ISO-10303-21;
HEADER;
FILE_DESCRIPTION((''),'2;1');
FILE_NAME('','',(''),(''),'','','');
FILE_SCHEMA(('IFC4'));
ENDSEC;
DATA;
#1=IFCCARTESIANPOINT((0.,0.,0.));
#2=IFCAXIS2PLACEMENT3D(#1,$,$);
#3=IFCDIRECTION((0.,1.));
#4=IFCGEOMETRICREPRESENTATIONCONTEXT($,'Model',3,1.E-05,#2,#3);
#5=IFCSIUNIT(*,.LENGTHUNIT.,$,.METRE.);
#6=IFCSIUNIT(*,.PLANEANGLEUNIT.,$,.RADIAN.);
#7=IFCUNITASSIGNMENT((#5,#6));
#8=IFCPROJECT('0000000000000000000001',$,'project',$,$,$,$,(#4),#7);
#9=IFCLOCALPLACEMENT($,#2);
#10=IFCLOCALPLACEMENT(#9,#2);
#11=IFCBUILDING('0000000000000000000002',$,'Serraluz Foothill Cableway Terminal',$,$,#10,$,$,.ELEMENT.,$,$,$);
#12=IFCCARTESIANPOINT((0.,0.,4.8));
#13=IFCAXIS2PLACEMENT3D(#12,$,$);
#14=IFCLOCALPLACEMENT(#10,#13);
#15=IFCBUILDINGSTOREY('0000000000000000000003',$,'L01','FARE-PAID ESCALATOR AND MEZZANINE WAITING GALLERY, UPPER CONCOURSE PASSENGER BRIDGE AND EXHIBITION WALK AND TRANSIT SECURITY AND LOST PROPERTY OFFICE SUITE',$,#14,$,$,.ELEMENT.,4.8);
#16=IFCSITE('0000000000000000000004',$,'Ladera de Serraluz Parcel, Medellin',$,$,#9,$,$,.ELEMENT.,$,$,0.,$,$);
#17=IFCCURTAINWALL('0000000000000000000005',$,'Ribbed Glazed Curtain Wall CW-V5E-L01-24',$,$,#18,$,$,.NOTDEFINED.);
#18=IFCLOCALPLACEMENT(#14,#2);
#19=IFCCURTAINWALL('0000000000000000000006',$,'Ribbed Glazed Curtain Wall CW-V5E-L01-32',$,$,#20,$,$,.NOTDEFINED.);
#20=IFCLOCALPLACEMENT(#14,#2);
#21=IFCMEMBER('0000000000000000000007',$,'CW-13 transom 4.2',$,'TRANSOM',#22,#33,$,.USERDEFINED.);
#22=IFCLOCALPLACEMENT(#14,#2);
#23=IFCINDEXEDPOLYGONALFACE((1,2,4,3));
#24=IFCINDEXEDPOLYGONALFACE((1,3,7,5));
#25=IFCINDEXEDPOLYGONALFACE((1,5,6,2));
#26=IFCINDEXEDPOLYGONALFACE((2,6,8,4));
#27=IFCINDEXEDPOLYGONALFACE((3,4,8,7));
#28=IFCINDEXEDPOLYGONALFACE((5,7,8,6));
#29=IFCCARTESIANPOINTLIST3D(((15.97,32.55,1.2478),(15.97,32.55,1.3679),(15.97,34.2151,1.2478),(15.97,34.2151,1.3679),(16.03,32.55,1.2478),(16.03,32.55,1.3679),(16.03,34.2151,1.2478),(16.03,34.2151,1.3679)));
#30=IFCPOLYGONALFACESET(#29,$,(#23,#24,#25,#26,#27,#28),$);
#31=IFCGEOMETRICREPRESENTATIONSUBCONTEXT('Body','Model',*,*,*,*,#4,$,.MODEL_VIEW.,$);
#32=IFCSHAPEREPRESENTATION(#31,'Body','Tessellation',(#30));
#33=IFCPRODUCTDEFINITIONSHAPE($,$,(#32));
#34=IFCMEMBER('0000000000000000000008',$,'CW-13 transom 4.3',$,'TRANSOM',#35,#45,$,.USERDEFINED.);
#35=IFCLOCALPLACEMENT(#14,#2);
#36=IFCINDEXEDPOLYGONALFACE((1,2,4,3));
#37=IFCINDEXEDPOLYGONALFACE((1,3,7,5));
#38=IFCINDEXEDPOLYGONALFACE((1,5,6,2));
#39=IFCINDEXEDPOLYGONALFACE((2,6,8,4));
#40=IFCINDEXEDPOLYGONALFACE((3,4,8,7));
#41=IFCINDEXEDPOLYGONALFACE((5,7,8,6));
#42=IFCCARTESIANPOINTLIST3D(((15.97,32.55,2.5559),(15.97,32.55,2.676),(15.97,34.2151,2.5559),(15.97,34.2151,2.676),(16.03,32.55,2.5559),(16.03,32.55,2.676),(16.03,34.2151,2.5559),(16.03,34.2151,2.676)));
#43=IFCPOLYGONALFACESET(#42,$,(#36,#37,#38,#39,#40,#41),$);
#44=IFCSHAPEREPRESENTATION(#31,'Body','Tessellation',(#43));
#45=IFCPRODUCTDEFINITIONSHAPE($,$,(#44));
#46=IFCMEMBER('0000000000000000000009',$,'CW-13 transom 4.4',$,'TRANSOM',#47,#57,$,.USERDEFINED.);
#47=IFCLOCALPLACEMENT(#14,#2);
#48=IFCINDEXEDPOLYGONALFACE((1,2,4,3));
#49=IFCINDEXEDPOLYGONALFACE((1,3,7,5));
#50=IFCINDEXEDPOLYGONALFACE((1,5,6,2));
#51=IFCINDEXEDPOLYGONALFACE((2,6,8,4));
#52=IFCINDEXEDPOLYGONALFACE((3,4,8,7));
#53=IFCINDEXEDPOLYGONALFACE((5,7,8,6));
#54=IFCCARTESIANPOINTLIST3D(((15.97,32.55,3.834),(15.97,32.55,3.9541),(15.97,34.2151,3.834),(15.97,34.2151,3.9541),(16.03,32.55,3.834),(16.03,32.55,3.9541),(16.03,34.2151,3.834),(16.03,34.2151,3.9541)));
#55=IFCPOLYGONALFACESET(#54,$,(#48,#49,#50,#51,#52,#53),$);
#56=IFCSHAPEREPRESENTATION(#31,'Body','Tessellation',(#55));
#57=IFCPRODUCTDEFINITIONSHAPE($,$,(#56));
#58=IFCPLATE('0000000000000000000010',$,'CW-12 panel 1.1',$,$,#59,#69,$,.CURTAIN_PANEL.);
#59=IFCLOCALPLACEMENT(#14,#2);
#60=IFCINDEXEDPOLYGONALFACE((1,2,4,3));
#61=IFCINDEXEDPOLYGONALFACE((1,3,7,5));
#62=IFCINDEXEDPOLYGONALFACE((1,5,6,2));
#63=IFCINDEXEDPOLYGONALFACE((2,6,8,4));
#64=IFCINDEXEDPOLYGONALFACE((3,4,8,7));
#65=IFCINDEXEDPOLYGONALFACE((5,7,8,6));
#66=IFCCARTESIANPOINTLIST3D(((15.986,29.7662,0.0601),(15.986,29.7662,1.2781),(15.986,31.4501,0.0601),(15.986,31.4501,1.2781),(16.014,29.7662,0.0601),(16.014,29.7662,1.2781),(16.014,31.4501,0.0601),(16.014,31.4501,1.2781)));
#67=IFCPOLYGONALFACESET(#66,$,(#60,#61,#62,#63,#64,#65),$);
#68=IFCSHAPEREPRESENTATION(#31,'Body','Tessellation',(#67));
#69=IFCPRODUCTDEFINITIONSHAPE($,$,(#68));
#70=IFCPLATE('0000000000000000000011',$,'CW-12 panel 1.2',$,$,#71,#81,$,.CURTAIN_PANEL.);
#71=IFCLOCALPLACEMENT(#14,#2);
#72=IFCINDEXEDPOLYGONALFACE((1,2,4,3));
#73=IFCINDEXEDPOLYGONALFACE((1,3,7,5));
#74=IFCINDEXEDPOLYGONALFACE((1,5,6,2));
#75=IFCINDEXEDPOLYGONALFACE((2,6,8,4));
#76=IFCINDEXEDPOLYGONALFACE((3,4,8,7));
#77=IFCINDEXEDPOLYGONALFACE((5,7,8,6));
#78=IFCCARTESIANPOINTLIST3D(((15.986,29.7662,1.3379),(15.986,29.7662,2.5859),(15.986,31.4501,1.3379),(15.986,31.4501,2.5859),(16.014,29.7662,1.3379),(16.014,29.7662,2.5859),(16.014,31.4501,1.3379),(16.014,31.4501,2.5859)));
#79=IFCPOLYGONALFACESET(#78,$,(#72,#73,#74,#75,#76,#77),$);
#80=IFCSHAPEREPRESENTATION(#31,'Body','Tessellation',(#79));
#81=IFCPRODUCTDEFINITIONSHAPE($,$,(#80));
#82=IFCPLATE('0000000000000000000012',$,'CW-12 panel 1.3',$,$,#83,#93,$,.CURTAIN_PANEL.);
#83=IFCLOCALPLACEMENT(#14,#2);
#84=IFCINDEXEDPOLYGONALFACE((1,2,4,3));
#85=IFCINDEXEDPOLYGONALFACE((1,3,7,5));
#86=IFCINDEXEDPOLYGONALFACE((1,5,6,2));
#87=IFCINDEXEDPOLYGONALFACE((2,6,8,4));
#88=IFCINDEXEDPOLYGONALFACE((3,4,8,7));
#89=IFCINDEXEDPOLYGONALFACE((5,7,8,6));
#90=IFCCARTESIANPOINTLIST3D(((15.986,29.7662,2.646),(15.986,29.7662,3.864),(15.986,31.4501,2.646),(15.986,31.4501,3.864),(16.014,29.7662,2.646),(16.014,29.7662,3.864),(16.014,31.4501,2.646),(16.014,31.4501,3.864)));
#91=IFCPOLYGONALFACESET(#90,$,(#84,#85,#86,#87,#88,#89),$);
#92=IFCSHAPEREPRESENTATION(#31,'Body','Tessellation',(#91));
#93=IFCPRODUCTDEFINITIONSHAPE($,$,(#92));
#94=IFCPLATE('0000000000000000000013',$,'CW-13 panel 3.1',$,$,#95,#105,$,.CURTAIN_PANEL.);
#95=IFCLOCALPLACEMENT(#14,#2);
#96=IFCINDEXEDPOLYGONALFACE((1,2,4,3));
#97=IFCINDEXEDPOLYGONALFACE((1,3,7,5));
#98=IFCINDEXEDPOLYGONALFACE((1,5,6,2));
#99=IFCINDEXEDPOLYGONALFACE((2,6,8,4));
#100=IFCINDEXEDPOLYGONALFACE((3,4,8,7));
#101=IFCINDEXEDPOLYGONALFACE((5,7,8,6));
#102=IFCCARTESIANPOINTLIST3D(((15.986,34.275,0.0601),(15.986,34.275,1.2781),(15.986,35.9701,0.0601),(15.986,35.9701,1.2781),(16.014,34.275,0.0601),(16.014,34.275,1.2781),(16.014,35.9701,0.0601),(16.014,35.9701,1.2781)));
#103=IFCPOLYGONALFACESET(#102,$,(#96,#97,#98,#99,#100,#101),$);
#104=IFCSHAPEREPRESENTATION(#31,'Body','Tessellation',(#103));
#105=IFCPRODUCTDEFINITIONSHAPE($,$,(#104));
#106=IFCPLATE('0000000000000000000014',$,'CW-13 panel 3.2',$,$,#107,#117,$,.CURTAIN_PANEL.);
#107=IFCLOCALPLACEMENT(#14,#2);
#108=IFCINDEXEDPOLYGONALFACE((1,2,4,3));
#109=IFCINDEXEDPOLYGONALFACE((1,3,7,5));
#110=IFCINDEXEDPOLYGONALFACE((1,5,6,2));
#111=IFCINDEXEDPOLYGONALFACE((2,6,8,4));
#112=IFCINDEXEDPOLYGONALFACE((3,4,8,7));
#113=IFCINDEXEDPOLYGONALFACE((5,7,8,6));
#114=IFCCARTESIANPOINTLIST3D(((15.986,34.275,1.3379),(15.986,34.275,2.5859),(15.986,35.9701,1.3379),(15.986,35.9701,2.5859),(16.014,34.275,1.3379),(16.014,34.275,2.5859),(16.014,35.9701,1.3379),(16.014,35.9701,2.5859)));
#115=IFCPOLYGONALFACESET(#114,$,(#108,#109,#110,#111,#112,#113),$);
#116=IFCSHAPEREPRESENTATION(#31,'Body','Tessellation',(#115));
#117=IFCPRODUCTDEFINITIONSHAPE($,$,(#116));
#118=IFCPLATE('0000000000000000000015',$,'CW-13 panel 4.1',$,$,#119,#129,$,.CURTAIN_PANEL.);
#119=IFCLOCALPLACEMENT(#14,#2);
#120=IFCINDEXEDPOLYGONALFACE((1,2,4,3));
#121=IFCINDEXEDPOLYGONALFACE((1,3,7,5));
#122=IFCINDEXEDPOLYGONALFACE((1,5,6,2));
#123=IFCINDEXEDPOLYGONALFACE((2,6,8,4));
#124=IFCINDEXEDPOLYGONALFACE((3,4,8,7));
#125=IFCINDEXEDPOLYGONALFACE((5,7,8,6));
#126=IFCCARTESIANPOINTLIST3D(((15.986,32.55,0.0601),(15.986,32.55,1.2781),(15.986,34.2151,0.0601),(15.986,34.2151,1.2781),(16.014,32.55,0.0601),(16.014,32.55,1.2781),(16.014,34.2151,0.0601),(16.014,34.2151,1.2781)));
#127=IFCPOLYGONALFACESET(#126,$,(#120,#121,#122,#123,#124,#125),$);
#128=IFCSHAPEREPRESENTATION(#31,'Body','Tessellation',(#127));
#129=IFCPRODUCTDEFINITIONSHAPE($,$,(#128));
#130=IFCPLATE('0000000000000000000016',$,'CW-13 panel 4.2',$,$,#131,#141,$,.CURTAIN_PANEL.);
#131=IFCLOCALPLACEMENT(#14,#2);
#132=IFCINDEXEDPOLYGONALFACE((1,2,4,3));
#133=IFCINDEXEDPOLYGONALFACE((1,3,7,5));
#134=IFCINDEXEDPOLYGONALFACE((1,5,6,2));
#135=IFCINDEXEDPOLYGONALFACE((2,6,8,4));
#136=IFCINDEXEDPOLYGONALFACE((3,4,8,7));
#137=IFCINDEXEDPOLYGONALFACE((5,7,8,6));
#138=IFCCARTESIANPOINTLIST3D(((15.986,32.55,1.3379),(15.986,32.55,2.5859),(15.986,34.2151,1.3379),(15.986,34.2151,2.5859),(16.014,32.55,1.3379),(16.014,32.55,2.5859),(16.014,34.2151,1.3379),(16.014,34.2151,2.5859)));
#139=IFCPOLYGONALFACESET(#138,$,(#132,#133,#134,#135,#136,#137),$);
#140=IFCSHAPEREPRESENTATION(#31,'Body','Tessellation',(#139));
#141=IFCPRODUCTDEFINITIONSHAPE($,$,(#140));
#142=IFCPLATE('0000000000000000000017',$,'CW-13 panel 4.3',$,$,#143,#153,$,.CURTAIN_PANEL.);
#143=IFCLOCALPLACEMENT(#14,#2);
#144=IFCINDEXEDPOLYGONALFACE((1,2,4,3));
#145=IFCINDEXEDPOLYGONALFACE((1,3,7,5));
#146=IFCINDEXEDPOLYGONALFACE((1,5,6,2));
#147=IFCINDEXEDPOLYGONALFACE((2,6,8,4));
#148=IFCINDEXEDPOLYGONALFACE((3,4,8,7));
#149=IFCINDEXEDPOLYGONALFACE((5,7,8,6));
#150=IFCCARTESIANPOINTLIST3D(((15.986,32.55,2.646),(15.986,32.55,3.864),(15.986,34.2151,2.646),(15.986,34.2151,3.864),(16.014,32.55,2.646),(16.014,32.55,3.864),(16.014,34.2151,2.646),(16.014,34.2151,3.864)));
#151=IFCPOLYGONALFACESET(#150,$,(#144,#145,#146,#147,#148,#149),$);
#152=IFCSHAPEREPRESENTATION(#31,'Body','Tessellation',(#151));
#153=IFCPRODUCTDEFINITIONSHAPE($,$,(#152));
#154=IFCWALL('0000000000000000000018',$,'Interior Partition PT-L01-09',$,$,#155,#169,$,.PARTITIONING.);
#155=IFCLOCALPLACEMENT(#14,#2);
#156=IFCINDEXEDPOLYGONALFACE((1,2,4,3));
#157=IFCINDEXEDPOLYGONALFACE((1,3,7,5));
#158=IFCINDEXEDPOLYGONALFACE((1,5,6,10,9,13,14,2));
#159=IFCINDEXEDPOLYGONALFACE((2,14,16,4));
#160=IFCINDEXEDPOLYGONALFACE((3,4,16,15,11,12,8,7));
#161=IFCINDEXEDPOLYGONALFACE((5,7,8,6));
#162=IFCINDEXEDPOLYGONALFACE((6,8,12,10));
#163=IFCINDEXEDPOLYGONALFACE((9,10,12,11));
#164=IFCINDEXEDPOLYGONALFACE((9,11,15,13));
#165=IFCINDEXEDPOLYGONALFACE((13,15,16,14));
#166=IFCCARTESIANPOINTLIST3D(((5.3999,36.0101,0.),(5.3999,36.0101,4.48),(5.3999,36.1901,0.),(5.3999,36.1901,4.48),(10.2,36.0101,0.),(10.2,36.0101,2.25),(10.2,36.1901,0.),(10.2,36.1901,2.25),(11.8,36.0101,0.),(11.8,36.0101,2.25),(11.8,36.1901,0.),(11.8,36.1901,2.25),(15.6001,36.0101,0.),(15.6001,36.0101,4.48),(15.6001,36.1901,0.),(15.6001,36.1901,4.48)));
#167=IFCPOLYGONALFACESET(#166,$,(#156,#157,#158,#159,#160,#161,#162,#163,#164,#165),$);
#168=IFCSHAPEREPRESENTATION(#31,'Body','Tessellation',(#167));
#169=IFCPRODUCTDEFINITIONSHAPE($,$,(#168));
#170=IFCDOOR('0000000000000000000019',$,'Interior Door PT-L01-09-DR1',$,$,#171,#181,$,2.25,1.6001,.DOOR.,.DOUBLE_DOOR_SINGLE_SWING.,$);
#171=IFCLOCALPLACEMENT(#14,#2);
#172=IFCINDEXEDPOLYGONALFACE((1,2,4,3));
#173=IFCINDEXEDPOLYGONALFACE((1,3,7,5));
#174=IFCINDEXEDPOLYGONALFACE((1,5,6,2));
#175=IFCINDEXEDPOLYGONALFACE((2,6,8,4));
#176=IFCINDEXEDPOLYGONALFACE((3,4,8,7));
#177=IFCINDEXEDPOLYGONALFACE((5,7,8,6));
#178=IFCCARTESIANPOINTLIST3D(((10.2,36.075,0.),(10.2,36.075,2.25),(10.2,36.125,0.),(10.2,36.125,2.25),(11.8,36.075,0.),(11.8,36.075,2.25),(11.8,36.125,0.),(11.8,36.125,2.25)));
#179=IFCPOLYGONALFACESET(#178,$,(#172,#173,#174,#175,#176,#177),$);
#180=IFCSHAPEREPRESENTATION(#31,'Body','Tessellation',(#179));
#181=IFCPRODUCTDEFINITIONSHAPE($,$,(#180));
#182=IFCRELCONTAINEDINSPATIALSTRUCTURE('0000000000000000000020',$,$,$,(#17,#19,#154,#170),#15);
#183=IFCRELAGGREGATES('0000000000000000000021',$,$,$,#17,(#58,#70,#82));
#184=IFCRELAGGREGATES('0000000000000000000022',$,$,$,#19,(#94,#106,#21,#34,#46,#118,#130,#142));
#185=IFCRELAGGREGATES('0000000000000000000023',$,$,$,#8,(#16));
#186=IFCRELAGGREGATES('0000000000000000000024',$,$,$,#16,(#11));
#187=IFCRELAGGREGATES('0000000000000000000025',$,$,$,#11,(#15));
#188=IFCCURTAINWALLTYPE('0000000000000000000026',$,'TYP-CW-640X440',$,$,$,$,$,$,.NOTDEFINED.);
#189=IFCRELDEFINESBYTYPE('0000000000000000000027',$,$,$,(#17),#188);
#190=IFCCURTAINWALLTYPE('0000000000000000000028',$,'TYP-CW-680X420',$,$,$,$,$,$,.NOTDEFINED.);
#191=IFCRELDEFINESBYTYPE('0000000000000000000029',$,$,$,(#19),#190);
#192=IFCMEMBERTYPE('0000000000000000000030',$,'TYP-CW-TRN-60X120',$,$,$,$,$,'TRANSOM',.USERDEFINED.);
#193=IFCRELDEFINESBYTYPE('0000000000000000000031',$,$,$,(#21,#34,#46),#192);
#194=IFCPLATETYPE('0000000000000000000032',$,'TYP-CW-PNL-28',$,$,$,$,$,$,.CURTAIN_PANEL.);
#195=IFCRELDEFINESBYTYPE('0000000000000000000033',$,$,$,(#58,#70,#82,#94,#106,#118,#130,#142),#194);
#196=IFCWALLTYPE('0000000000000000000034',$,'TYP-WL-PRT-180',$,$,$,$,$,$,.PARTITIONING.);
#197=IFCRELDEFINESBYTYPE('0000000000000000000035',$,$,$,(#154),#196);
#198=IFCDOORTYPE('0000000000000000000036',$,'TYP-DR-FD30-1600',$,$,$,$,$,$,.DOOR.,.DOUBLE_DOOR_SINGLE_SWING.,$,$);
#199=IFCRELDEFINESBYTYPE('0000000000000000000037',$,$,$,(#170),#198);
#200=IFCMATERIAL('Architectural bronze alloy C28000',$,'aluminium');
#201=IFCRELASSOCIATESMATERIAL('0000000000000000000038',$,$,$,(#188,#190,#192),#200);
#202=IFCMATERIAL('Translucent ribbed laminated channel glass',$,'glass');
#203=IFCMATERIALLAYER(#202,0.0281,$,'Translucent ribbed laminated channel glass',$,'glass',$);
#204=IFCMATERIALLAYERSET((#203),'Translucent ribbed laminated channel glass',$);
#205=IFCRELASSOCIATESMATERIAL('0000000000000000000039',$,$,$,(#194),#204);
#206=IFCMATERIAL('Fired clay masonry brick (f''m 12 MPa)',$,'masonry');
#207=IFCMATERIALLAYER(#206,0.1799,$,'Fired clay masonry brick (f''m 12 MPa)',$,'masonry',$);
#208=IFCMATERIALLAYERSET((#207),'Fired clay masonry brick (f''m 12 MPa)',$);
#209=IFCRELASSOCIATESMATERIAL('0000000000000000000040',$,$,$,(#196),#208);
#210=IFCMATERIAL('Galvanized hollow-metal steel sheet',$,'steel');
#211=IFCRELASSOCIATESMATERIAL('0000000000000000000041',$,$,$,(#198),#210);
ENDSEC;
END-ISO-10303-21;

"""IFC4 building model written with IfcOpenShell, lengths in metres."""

from ifc_helpers import new_model, si_unit, direction, frame, frame_2d, origin, origin_2d, place, context, subcontext, project, spatial, rectangle, extrude, material, layer, layer_set, material_profile, profile_set, type_object, element, fill, aggregate, save


model = new_model("IFC4")

# Units and contexts
model_context = context("Model", 3, precision=1e-05, world=origin(), true_north=direction((0.0, 1.0)))
body_context = subcontext(model_context, "Body", "Model", "MODEL_VIEW")
ifc_project = project(units=[si_unit("LENGTHUNIT", "METRE"), si_unit("PLANEANGLEUNIT", "RADIAN")], contexts=[model_context])

# Site, building, storey
site_placement = place(None, origin())
site = spatial("IfcSite", under=ifc_project, at=site_placement, Name="Ladera de Serraluz Parcel, Medellin", CompositionType="ELEMENT", RefElevation=0.0)
building_placement = place(site_placement, origin())
building = spatial("IfcBuilding", under=site, at=building_placement, Name="Serraluz Foothill Cableway Terminal", CompositionType="ELEMENT")
storey_placement = place(building_placement, frame((0.0, 0.0, 4.8)))
storey = spatial("IfcBuildingStorey", under=building, at=storey_placement, Name="L01", Description="FARE-PAID ESCALATOR AND MEZZANINE WAITING GALLERY, UPPER CONCOURSE PASSENGER BRIDGE AND EXHIBITION WALK AND TRANSIT SECURITY AND LOST PROPERTY OFFICE SUITE", CompositionType="ELEMENT", Elevation=4.8)

# Curtain walls
ifc_material_1 = material(Name="Architectural bronze alloy C28000", Category="aluminium")
curtain_wall_type_1 = type_object("IfcCurtainWallType", Name="TYP-CW-640X440", PredefinedType="NOTDEFINED", material=ifc_material_1)
curtain_wall_1_placement = place(storey_placement, origin())
curtain_wall_1 = element("IfcCurtainWall", 1, at=curtain_wall_1_placement, inside=storey, type_object=curtain_wall_type_1, Name="Ribbed Glazed Curtain Wall CW-V5E-L01-24", PredefinedType="NOTDEFINED")
curtain_wall_type_2 = type_object("IfcCurtainWallType", Name="TYP-CW-680X420", PredefinedType="NOTDEFINED", material=ifc_material_1)
curtain_wall_2_placement = place(storey_placement, origin())
curtain_wall_2 = element("IfcCurtainWall", 2, at=curtain_wall_2_placement, inside=storey, type_object=curtain_wall_type_2, Name="Ribbed Glazed Curtain Wall CW-V5E-L01-32", PredefinedType="NOTDEFINED")

# Members
ifc_material_profile_1 = material_profile(ifc_material_1, rectangle(XDim=0.0601, YDim=0.1201, at=origin_2d()), Name="ALU TRANSOM 60x120")
ifc_profile_set_1 = profile_set([ifc_material_profile_1], Name="Architectural bronze alloy C28000")
member_type_1 = type_object("IfcMemberType", Name="TYP-CW-TRN-60X120", ElementType="TRANSOM", PredefinedType="USERDEFINED", material=ifc_profile_set_1)
member_1_placement = place(storey_placement, frame((16.0, 34.2151, 1.3079), z_axis=(0.0, -1.0, 0.0), x_axis=(1.0, 0.0, 0.0)))
member_1 = element("IfcMember", 3, at=member_1_placement, type_object=member_type_1, Name="CW-13 transom 4.2", ObjectType="TRANSOM", PredefinedType="USERDEFINED", context=body_context, shape_type="SweptSolid", body=[
    extrude(rectangle(XDim=0.0601, YDim=0.1201, at=origin_2d()), origin(), (0.0, 0.0, 1.0), 1.665),
])
member_2_placement = place(storey_placement, frame((16.0, 34.2151, 2.616), z_axis=(0.0, -1.0, 0.0), x_axis=(1.0, 0.0, 0.0)))
member_2 = element("IfcMember", 4, at=member_2_placement, type_object=member_type_1, Name="CW-13 transom 4.3", ObjectType="TRANSOM", PredefinedType="USERDEFINED", context=body_context, shape_type="SweptSolid", body=[
    extrude(rectangle(XDim=0.0601, YDim=0.1201, at=origin_2d()), origin(), (0.0, 0.0, 1.0), 1.665),
])
member_3_placement = place(storey_placement, frame((16.0, 34.2151, 3.894), z_axis=(0.0, -1.0, 0.0), x_axis=(1.0, 0.0, 0.0)))
member_3 = element("IfcMember", 5, at=member_3_placement, type_object=member_type_1, Name="CW-13 transom 4.4", ObjectType="TRANSOM", PredefinedType="USERDEFINED", context=body_context, shape_type="SweptSolid", body=[
    extrude(rectangle(XDim=0.0601, YDim=0.1201, at=origin_2d()), origin(), (0.0, 0.0, 1.0), 1.665),
])

# Plates
ifc_material_2 = material(Name="Translucent ribbed laminated channel glass", Category="glass")
ifc_layer_1 = layer(ifc_material_2, 0.0281, Name="Translucent ribbed laminated channel glass", Category="glass")
ifc_layer_set_1 = layer_set([ifc_layer_1], Name="Translucent ribbed laminated channel glass")
plate_type = type_object("IfcPlateType", Name="TYP-CW-PNL-28", PredefinedType="CURTAIN_PANEL", material=ifc_layer_set_1)
plate_1_placement = place(storey_placement, frame((16.0, 30.6082, 0.0601), z_axis=(0.0, 0.0, 1.0), x_axis=(0.0, -1.0, 0.0)))
plate_1 = element("IfcPlate", 6, at=plate_1_placement, type_object=plate_type, Name="CW-12 panel 1.1", PredefinedType="CURTAIN_PANEL", context=body_context, shape_type="SweptSolid", body=[
    extrude(rectangle(XDim=1.6838, YDim=0.0281, at=origin_2d()), origin(), (0.0, 0.0, 1.0), 1.218),
])
plate_2_placement = place(storey_placement, frame((16.0, 30.6082, 1.3379), z_axis=(0.0, 0.0, 1.0), x_axis=(0.0, -1.0, 0.0)))
plate_2 = element("IfcPlate", 7, at=plate_2_placement, type_object=plate_type, Name="CW-12 panel 1.2", PredefinedType="CURTAIN_PANEL", context=body_context, shape_type="SweptSolid", body=[
    extrude(rectangle(XDim=1.6838, YDim=0.0281, at=origin_2d()), origin(), (0.0, 0.0, 1.0), 1.248),
])
plate_3_placement = place(storey_placement, frame((16.0, 30.6082, 2.646), z_axis=(0.0, 0.0, 1.0), x_axis=(0.0, -1.0, 0.0)))
plate_3 = element("IfcPlate", 8, at=plate_3_placement, type_object=plate_type, Name="CW-12 panel 1.3", PredefinedType="CURTAIN_PANEL", context=body_context, shape_type="SweptSolid", body=[
    extrude(rectangle(XDim=1.6838, YDim=0.0281, at=origin_2d()), origin(), (0.0, 0.0, 1.0), 1.218),
])
aggregate(curtain_wall_1, [plate_1, plate_2, plate_3])
plate_4_placement = place(storey_placement, frame((16.0, 35.1226, 0.0601), z_axis=(0.0, 0.0, 1.0), x_axis=(0.0, -1.0, 0.0)))
plate_4 = element("IfcPlate", 9, at=plate_4_placement, type_object=plate_type, Name="CW-13 panel 3.1", PredefinedType="CURTAIN_PANEL", context=body_context, shape_type="SweptSolid", body=[
    extrude(rectangle(XDim=1.6951, YDim=0.0281, at=origin_2d()), origin(), (0.0, 0.0, 1.0), 1.218),
])
plate_5_placement = place(storey_placement, frame((16.0, 35.1226, 1.3379), z_axis=(0.0, 0.0, 1.0), x_axis=(0.0, -1.0, 0.0)))
plate_5 = element("IfcPlate", 10, at=plate_5_placement, type_object=plate_type, Name="CW-13 panel 3.2", PredefinedType="CURTAIN_PANEL", context=body_context, shape_type="SweptSolid", body=[
    extrude(rectangle(XDim=1.6951, YDim=0.0281, at=origin_2d()), origin(), (0.0, 0.0, 1.0), 1.248),
])
plate_6_placement = place(storey_placement, frame((16.0, 33.3826, 0.0601), z_axis=(0.0, 0.0, 1.0), x_axis=(0.0, -1.0, 0.0)))
plate_6 = element("IfcPlate", 11, at=plate_6_placement, type_object=plate_type, Name="CW-13 panel 4.1", PredefinedType="CURTAIN_PANEL", context=body_context, shape_type="SweptSolid", body=[
    extrude(rectangle(XDim=1.665, YDim=0.0281, at=origin_2d()), origin(), (0.0, 0.0, 1.0), 1.218),
])
plate_7_placement = place(storey_placement, frame((16.0, 33.3826, 1.3379), z_axis=(0.0, 0.0, 1.0), x_axis=(0.0, -1.0, 0.0)))
plate_7 = element("IfcPlate", 12, at=plate_7_placement, type_object=plate_type, Name="CW-13 panel 4.2", PredefinedType="CURTAIN_PANEL", context=body_context, shape_type="SweptSolid", body=[
    extrude(rectangle(XDim=1.665, YDim=0.0281, at=origin_2d()), origin(), (0.0, 0.0, 1.0), 1.248),
])
plate_8_placement = place(storey_placement, frame((16.0, 33.3826, 2.646), z_axis=(0.0, 0.0, 1.0), x_axis=(0.0, -1.0, 0.0)))
plate_8 = element("IfcPlate", 13, at=plate_8_placement, type_object=plate_type, Name="CW-13 panel 4.3", PredefinedType="CURTAIN_PANEL", context=body_context, shape_type="SweptSolid", body=[
    extrude(rectangle(XDim=1.665, YDim=0.0281, at=origin_2d()), origin(), (0.0, 0.0, 1.0), 1.218),
])
aggregate(curtain_wall_2, [plate_4, plate_5, member_1, member_2, member_3, plate_6, plate_7, plate_8])

# Wall, opening, door
ifc_material_3 = material(Name="Fired clay masonry brick (f'm 12 MPa)", Category="masonry")
ifc_layer_2 = layer(ifc_material_3, 0.1799, Name="Fired clay masonry brick (f'm 12 MPa)", Category="masonry")
ifc_layer_set_2 = layer_set([ifc_layer_2], Name="Fired clay masonry brick (f'm 12 MPa)")
wall_type_1 = type_object("IfcWallType", Name="TYP-WL-PRT-180", PredefinedType="PARTITIONING", material=ifc_layer_set_2)
wall_1_placement = place(storey_placement, frame((5.3999, 36.1001, 0.0), z_axis=(0.0, 0.0, 1.0), x_axis=(1.0, 0.0, 0.0)))
wall_1 = element("IfcWall", 14, at=wall_1_placement, inside=storey, type_object=wall_type_1, Name="Interior Partition PT-L01-09", PredefinedType="PARTITIONING", context=body_context, shape_type="SweptSolid", body=[
    extrude(rectangle(XDim=10.2002, YDim=0.1799, at=frame_2d((5.1001, 0.0))), origin(), (0.0, 0.0, 1.0), 4.48),
])
opening_1_placement = place(wall_1_placement, frame((4.8, 0.0, 0.0)))
opening_1 = element("IfcOpeningElement", 15, at=opening_1_placement, cuts=wall_1, PredefinedType="OPENING", context=body_context, shape_type="SweptSolid", body=[
    extrude(rectangle(XDim=1.6001, YDim=2.25, at=frame_2d((0.8, 1.125))), frame((0.0, 0.1001, 0.0), z_axis=(0.0, -1.0, 0.0), x_axis=(1.0, 0.0, 0.0)), (0.0, 0.0, 1.0), 0.2),
])
ifc_material_4 = material(Name="Galvanized hollow-metal steel sheet", Category="steel")
door_type_1 = type_object("IfcDoorType", Name="TYP-DR-FD30-1600", OperationType="DOUBLE_DOOR_SINGLE_SWING", PredefinedType="DOOR", material=ifc_material_4)
door_1_placement = place(opening_1_placement, origin())
door_1 = element("IfcDoor", 16, at=door_1_placement, inside=storey, type_object=door_type_1, Name="Interior Door PT-L01-09-DR1", OperationType="DOUBLE_DOOR_SINGLE_SWING", OverallHeight=2.25, OverallWidth=1.6001, PredefinedType="DOOR", context=body_context, shape_type="SweptSolid", body=[
    extrude(rectangle(XDim=1.6001, YDim=2.25, at=frame_2d((0.8, 1.125))), frame((0.0, 0.0249, 0.0), z_axis=(0.0, -1.0, 0.0), x_axis=(1.0, 0.0, 0.0)), (0.0, 0.0, 1.0), 0.05),
])
fill(opening_1, door_1)

save(model, "model.ifc")
